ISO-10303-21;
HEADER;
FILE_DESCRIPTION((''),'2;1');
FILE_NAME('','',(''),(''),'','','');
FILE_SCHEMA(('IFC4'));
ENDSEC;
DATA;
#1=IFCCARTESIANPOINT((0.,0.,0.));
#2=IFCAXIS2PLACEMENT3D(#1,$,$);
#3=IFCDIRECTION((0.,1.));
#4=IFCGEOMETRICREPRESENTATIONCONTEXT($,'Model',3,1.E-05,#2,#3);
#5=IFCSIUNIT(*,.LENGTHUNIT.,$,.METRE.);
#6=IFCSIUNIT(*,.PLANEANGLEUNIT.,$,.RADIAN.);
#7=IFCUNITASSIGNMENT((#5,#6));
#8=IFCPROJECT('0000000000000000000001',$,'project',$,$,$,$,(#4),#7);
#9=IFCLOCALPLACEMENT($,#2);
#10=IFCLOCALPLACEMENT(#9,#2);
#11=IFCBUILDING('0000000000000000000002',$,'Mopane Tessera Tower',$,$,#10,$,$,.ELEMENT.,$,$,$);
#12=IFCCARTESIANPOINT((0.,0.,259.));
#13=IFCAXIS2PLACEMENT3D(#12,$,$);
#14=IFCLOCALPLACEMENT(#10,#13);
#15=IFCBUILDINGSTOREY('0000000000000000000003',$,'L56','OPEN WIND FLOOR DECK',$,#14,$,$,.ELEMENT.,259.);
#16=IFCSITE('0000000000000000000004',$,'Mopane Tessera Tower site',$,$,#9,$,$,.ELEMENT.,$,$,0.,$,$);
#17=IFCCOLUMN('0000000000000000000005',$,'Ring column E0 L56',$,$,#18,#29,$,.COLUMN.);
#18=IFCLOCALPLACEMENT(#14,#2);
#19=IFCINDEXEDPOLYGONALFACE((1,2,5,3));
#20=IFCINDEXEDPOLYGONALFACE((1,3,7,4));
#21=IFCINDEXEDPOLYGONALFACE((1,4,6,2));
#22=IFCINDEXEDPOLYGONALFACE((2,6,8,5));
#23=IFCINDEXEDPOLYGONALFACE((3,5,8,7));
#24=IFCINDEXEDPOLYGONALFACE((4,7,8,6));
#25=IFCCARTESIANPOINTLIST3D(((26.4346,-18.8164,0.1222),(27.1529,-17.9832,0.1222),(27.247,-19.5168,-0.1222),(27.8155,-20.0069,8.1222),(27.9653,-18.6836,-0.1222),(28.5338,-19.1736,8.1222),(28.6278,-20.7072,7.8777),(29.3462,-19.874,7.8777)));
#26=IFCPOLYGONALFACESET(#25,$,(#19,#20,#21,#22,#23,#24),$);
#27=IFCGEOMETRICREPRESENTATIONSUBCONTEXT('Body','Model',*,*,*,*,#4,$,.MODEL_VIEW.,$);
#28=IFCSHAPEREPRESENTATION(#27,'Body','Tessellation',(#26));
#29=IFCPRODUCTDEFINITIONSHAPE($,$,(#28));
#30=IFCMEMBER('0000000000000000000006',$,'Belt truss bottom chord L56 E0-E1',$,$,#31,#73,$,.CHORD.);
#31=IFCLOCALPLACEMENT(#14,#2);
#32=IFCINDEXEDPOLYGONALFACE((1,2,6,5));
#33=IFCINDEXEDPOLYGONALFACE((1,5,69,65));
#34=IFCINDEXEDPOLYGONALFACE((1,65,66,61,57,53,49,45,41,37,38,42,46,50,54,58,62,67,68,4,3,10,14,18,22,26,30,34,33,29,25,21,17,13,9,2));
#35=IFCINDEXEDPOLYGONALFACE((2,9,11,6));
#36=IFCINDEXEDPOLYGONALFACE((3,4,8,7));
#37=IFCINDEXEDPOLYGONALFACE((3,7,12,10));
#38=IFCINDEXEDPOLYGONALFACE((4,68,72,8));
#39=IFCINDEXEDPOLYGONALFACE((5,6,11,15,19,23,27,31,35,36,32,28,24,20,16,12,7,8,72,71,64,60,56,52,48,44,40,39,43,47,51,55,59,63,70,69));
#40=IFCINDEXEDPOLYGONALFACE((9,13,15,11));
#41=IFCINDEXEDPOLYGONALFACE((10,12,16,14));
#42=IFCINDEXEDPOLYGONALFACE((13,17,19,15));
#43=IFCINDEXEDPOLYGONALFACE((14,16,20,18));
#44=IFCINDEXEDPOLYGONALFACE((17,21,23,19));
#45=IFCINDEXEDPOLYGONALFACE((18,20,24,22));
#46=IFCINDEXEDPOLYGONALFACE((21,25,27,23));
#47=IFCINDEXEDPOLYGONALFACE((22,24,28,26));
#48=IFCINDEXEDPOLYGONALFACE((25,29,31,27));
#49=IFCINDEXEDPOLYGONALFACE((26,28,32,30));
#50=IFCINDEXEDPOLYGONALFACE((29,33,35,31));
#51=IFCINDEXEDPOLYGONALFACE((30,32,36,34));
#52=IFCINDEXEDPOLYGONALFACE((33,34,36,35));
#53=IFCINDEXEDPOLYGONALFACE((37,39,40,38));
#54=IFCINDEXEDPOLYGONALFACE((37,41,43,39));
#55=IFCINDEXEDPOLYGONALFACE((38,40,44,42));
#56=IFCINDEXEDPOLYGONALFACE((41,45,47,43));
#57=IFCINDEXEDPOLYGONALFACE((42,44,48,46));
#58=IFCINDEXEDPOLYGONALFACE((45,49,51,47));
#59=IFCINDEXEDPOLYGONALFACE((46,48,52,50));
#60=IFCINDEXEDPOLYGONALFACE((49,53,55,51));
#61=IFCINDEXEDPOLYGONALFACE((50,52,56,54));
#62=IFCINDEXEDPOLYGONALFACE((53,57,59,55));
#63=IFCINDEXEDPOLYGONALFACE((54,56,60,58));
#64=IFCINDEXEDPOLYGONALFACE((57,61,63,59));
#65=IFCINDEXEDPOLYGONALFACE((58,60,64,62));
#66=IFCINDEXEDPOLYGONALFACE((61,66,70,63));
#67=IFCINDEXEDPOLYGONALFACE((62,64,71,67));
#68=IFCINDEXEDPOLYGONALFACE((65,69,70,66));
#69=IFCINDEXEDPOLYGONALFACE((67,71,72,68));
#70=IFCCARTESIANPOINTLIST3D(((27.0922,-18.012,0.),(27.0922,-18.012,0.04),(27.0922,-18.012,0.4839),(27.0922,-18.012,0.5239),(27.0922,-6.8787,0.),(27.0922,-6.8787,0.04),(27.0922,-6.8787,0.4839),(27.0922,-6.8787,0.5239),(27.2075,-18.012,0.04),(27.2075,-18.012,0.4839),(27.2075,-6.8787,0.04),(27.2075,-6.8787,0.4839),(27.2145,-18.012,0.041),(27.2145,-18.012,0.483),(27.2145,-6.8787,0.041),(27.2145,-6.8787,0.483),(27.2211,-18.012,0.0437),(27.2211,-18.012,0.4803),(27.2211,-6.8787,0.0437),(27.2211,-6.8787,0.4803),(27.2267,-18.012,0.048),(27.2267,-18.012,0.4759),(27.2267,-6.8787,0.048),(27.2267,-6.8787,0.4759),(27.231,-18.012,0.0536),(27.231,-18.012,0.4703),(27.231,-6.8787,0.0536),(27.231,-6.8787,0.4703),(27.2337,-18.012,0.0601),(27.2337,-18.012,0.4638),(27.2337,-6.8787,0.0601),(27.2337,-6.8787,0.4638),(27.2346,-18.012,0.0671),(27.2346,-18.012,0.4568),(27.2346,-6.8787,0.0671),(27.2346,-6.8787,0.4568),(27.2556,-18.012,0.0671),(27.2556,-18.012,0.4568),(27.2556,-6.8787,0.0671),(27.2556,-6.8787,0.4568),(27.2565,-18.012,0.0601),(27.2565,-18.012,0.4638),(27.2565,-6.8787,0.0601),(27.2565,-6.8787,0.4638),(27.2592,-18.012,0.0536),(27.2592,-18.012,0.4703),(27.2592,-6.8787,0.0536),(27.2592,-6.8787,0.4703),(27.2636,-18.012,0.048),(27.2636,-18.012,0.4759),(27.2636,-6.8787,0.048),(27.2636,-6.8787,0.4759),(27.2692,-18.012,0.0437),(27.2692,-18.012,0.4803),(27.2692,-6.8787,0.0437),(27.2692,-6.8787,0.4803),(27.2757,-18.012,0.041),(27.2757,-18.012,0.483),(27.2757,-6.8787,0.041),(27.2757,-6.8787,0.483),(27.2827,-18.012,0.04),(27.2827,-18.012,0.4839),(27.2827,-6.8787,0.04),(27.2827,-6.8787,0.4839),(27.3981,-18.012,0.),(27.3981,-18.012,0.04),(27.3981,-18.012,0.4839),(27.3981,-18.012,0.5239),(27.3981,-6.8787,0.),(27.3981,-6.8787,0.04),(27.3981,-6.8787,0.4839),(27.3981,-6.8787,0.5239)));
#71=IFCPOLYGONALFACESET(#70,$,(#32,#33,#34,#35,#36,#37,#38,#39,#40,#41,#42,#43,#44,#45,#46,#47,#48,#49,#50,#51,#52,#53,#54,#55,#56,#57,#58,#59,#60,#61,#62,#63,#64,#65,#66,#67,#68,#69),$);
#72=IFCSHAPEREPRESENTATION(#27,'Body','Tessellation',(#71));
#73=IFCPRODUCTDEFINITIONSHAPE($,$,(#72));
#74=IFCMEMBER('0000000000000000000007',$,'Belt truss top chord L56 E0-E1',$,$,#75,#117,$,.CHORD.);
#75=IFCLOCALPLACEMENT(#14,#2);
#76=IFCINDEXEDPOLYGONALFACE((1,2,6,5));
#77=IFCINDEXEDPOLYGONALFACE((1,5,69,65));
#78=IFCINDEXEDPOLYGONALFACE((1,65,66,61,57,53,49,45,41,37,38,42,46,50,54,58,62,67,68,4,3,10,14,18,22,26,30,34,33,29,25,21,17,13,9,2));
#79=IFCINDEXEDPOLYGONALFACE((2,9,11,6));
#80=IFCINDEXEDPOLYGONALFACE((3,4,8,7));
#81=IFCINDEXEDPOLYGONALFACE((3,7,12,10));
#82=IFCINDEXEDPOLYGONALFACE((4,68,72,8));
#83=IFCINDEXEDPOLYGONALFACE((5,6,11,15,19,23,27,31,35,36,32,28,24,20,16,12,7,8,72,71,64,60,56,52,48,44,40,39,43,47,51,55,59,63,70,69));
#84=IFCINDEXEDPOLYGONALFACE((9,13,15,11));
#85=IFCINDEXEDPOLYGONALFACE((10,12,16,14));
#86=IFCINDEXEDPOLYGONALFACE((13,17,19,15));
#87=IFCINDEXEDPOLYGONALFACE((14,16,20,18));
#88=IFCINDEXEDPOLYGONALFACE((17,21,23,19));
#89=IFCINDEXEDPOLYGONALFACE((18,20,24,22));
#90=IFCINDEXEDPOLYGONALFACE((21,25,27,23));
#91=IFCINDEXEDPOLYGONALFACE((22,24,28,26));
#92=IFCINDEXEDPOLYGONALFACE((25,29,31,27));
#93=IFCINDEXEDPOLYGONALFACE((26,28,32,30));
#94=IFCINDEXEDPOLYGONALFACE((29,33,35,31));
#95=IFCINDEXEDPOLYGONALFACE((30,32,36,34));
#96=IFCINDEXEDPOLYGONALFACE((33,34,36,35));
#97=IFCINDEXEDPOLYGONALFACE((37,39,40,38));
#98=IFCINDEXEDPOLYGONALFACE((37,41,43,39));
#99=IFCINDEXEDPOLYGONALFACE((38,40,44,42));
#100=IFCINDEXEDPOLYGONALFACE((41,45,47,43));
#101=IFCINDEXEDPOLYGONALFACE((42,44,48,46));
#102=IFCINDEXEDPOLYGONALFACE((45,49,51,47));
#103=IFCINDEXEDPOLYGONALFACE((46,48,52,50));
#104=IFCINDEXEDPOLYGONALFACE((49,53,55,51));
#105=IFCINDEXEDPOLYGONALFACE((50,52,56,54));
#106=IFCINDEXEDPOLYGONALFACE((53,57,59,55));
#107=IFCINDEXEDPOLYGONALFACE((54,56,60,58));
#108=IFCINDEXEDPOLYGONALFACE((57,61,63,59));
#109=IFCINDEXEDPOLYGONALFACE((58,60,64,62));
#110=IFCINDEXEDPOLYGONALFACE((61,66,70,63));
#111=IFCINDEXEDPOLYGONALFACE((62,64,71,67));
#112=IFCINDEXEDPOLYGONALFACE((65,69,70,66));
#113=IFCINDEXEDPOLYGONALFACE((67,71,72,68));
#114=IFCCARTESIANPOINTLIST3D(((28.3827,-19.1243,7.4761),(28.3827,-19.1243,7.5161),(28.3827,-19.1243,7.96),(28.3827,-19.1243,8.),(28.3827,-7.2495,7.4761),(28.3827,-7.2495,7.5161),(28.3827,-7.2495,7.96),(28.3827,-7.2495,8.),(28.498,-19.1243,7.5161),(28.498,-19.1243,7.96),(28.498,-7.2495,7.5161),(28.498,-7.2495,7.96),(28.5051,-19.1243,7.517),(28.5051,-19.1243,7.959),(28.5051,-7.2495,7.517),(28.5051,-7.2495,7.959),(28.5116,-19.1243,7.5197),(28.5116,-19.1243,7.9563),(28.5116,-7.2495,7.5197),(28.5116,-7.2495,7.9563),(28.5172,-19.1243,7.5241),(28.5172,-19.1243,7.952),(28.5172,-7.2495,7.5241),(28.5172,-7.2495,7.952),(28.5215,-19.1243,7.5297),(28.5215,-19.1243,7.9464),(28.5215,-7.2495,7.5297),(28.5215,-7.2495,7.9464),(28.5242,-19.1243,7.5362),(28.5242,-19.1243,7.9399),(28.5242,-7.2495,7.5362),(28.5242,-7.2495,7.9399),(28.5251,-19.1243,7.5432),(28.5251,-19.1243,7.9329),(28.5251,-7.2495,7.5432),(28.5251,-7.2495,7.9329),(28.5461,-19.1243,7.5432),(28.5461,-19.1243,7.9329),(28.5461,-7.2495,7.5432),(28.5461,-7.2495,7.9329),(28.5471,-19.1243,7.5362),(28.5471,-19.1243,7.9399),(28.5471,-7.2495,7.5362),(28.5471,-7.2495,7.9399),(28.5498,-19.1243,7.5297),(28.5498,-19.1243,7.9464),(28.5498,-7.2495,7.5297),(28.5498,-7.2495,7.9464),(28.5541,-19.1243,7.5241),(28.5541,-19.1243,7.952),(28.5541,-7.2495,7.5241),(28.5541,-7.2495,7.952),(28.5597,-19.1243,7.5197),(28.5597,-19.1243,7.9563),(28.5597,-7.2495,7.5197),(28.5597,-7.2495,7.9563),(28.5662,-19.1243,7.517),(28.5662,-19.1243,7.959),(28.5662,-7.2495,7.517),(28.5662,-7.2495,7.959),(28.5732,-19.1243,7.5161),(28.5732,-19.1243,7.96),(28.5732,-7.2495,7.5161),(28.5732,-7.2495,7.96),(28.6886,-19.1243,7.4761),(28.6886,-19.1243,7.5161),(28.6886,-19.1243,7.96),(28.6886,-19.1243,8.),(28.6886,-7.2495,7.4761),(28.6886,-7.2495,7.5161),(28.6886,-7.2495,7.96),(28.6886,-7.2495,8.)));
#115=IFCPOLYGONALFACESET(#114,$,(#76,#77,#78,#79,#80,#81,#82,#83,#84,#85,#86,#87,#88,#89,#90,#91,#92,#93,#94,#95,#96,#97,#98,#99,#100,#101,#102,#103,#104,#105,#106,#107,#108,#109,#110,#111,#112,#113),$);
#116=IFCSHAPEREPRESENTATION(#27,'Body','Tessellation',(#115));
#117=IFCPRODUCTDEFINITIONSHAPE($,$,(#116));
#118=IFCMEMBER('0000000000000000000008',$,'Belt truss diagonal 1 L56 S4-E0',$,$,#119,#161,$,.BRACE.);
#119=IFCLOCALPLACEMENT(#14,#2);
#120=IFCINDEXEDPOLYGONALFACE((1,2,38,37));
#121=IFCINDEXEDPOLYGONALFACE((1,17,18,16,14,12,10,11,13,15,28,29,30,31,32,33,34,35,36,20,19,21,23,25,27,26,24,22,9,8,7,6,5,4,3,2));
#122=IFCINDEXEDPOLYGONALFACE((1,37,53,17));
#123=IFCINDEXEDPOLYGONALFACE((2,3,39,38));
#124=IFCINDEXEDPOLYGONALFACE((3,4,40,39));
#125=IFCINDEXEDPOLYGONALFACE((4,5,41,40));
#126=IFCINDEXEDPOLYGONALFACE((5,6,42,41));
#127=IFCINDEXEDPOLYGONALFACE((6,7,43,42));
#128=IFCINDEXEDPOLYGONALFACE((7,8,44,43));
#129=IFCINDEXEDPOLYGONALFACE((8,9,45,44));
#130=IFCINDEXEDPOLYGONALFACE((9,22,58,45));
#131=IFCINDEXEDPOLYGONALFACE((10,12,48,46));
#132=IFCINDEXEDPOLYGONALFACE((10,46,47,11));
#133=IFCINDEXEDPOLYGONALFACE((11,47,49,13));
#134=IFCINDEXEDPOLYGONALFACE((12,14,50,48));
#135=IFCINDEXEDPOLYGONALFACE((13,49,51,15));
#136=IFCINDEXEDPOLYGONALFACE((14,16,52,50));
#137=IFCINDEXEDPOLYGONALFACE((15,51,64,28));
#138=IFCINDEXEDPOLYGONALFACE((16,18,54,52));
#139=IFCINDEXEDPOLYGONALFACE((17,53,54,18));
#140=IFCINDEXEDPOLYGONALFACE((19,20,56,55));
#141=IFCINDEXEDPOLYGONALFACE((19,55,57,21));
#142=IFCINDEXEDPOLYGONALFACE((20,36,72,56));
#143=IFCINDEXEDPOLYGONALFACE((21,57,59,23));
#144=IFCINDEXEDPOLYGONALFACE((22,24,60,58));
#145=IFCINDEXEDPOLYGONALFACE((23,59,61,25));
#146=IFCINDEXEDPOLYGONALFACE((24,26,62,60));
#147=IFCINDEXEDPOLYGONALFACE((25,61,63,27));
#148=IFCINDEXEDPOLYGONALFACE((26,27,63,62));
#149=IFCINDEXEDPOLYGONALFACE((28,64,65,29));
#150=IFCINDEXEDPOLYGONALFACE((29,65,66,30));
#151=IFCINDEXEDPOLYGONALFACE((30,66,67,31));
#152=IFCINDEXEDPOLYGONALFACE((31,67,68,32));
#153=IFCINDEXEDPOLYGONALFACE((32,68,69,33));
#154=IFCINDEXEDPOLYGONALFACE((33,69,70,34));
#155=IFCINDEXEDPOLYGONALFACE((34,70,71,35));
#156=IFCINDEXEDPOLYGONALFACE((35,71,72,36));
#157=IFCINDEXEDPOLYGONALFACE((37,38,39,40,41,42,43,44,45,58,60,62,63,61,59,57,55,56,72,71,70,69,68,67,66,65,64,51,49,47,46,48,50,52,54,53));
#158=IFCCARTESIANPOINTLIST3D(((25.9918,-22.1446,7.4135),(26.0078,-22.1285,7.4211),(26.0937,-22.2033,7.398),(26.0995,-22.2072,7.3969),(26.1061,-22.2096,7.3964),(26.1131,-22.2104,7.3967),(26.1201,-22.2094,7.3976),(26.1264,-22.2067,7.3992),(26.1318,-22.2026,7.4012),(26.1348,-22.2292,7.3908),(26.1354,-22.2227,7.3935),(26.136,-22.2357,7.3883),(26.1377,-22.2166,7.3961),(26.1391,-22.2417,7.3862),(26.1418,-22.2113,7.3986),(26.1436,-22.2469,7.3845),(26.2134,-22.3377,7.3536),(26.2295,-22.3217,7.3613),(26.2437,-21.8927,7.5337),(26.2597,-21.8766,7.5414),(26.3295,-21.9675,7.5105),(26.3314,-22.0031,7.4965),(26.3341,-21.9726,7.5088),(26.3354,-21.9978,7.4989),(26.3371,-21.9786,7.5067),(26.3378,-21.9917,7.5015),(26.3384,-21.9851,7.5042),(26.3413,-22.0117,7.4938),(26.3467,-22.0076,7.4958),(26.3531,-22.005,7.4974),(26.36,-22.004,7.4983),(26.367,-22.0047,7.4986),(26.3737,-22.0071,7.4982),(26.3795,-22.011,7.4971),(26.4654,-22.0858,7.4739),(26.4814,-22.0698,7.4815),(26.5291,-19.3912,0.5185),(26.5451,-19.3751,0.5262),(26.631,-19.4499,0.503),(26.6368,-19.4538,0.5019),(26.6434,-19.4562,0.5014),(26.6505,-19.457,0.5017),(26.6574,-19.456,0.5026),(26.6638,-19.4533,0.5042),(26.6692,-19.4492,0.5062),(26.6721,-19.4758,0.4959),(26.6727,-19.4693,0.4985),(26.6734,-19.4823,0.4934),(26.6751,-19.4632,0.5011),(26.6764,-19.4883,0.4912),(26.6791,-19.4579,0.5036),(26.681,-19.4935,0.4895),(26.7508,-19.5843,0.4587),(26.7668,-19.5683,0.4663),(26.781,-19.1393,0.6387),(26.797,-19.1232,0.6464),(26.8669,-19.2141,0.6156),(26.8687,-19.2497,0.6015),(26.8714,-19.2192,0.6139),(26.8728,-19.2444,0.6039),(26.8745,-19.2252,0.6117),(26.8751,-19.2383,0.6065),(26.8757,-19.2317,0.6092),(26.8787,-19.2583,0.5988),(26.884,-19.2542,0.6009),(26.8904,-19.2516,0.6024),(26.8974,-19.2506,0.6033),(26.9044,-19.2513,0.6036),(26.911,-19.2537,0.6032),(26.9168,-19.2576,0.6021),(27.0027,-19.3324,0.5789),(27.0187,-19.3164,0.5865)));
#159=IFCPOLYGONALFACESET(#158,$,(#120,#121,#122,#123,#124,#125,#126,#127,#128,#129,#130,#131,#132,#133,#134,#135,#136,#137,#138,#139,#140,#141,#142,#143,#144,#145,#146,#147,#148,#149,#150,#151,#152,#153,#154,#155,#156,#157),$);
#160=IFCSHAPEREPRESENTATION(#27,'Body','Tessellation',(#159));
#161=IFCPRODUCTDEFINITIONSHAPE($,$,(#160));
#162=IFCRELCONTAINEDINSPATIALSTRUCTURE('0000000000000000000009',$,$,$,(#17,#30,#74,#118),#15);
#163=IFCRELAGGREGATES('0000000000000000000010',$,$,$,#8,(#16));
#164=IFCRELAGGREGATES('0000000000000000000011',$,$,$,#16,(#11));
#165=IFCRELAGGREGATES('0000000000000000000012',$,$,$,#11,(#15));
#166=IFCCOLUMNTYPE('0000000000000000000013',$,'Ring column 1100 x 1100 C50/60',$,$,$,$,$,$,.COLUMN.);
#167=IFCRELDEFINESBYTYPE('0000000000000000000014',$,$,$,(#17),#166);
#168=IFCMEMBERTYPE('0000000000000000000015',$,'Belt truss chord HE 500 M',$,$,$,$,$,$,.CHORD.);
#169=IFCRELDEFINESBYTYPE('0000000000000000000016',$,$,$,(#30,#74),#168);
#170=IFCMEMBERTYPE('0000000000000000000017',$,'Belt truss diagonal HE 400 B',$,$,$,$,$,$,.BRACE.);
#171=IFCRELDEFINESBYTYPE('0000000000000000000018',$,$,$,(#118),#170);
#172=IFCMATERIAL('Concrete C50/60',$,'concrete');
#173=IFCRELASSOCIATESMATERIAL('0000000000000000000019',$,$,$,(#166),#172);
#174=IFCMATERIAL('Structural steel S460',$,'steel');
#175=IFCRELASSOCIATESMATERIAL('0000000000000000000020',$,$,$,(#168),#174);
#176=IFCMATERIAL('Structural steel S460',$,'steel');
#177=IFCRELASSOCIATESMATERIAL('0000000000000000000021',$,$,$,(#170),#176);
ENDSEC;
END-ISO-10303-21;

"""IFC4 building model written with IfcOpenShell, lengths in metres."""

from ifc_helpers import new_model, si_unit, direction, frame, origin, origin_2d, place, context, subcontext, project, spatial, rectangle, i_section, extrude, material, material_profile, profile_set, type_object, element, save


model = new_model("IFC4")

# Units and contexts
model_context = context("Model", 3, precision=1e-05, world=origin(), true_north=direction((0.0, 1.0)))
body_context = subcontext(model_context, "Body", "Model", "MODEL_VIEW")
ifc_project = project(units=[si_unit("LENGTHUNIT", "METRE"), si_unit("PLANEANGLEUNIT", "RADIAN")], contexts=[model_context])

# Site, building, storey
site_placement = place(None, origin())
site = spatial("IfcSite", under=ifc_project, at=site_placement, Name="Mopane Tessera Tower site", CompositionType="ELEMENT", RefElevation=0.0)
building_placement = place(site_placement, origin())
building = spatial("IfcBuilding", under=site, at=building_placement, Name="Mopane Tessera Tower", CompositionType="ELEMENT")
storey_placement = place(building_placement, frame((0.0, 0.0, 259.0)))
storey = spatial("IfcBuildingStorey", under=building, at=storey_placement, Name="L56", Description="OPEN WIND FLOOR DECK", CompositionType="ELEMENT", Elevation=259.0)

# Column
ifc_material_1 = material(Name="Concrete C50/60", Category="concrete")
ifc_material_profile_1 = material_profile(ifc_material_1, rectangle(XDim=1.1001, YDim=1.1001, at=origin_2d()))
ifc_profile_set_1 = profile_set([ifc_material_profile_1], Name="Concrete C50/60")
column_type = type_object("IfcColumnType", Name="Ring column 1100 x 1100 C50/60", PredefinedType="COLUMN", material=ifc_profile_set_1)
column_placement = place(storey_placement, frame((27.2, -18.75, 0.0), z_axis=(0.168293, -0.145084, 0.975002), x_axis=(0.65295, 0.757401, 0.0)))
element("IfcColumn", 1, at=column_placement, inside=storey, type_object=column_type, Name="Ring column E0 L56", PredefinedType="COLUMN", context=body_context, shape_type="SweptSolid", body=[
    extrude(rectangle(XDim=1.1001, YDim=1.1001, at=origin_2d()), origin(), (0.0, 0.0, 1.0), 8.2051),
])

# Members
ifc_material_2 = material(Name="Structural steel S460", Category="steel")
ifc_material_profile_2 = material_profile(ifc_material_2, i_section(OverallWidth=0.3059, OverallDepth=0.5239, WebThickness=0.021, FlangeThickness=0.04, FilletRadius=0.0271, at=origin_2d()))
ifc_profile_set_2 = profile_set([ifc_material_profile_2], Name="Structural steel S460")
member_type_1 = type_object("IfcMemberType", Name="Belt truss chord HE 500 M", PredefinedType="CHORD", material=ifc_profile_set_2)
member_1_placement = place(storey_placement, frame((27.2451, -18.012, 0.262), z_axis=(0.0, 1.0, 0.0), x_axis=(-1.0, 0.0, 0.0)))
element("IfcMember", 2, at=member_1_placement, inside=storey, type_object=member_type_1, Name="Belt truss bottom chord L56 E0-E1", PredefinedType="CHORD", context=body_context, shape_type="SweptSolid", body=[
    extrude(i_section(OverallWidth=0.3059, OverallDepth=0.5239, WebThickness=0.021, FlangeThickness=0.04, FilletRadius=0.0271, at=origin_2d()), origin(), (0.0, 0.0, 1.0), 11.1333),
])
member_2_placement = place(storey_placement, frame((28.5356, -19.1243, 7.738), z_axis=(0.0, 1.0, 0.0), x_axis=(-1.0, 0.0, 0.0)))
element("IfcMember", 3, at=member_2_placement, inside=storey, type_object=member_type_1, Name="Belt truss top chord L56 E0-E1", PredefinedType="CHORD", context=body_context, shape_type="SweptSolid", body=[
    extrude(i_section(OverallWidth=0.3059, OverallDepth=0.5239, WebThickness=0.021, FlangeThickness=0.04, FilletRadius=0.0271, at=origin_2d()), origin(), (0.0, 0.0, 1.0), 11.8748),
])
ifc_material_3 = material(Name="Structural steel S460", Category="steel")
ifc_material_profile_3 = material_profile(ifc_material_3, i_section(OverallWidth=0.3, OverallDepth=0.3999, WebThickness=0.0134, FlangeThickness=0.0239, FilletRadius=0.0271, at=origin_2d()))
ifc_profile_set_3 = profile_set([ifc_material_profile_3], Name="Structural steel S460")
member_type_2 = type_object("IfcMemberType", Name="Belt truss diagonal HE 400 B", PredefinedType="BRACE", material=ifc_profile_set_3)
member_3_placement = place(storey_placement, frame((26.2366, -22.1072, 7.4475), z_axis=(0.072187, 0.36989, -0.926267), x_axis=(-0.738837, 0.643687, 0.199466)))
element("IfcMember", 4, at=member_3_placement, inside=storey, type_object=member_type_2, Name="Belt truss diagonal 1 L56 S4-E0", PredefinedType="BRACE", context=body_context, shape_type="SweptSolid", body=[
    extrude(i_section(OverallWidth=0.3, OverallDepth=0.3999, WebThickness=0.0134, FlangeThickness=0.0239, FilletRadius=0.0271, at=origin_2d()), origin(), (0.0, 0.0, 1.0), 7.4438),
])

save(model, "model.ifc")
